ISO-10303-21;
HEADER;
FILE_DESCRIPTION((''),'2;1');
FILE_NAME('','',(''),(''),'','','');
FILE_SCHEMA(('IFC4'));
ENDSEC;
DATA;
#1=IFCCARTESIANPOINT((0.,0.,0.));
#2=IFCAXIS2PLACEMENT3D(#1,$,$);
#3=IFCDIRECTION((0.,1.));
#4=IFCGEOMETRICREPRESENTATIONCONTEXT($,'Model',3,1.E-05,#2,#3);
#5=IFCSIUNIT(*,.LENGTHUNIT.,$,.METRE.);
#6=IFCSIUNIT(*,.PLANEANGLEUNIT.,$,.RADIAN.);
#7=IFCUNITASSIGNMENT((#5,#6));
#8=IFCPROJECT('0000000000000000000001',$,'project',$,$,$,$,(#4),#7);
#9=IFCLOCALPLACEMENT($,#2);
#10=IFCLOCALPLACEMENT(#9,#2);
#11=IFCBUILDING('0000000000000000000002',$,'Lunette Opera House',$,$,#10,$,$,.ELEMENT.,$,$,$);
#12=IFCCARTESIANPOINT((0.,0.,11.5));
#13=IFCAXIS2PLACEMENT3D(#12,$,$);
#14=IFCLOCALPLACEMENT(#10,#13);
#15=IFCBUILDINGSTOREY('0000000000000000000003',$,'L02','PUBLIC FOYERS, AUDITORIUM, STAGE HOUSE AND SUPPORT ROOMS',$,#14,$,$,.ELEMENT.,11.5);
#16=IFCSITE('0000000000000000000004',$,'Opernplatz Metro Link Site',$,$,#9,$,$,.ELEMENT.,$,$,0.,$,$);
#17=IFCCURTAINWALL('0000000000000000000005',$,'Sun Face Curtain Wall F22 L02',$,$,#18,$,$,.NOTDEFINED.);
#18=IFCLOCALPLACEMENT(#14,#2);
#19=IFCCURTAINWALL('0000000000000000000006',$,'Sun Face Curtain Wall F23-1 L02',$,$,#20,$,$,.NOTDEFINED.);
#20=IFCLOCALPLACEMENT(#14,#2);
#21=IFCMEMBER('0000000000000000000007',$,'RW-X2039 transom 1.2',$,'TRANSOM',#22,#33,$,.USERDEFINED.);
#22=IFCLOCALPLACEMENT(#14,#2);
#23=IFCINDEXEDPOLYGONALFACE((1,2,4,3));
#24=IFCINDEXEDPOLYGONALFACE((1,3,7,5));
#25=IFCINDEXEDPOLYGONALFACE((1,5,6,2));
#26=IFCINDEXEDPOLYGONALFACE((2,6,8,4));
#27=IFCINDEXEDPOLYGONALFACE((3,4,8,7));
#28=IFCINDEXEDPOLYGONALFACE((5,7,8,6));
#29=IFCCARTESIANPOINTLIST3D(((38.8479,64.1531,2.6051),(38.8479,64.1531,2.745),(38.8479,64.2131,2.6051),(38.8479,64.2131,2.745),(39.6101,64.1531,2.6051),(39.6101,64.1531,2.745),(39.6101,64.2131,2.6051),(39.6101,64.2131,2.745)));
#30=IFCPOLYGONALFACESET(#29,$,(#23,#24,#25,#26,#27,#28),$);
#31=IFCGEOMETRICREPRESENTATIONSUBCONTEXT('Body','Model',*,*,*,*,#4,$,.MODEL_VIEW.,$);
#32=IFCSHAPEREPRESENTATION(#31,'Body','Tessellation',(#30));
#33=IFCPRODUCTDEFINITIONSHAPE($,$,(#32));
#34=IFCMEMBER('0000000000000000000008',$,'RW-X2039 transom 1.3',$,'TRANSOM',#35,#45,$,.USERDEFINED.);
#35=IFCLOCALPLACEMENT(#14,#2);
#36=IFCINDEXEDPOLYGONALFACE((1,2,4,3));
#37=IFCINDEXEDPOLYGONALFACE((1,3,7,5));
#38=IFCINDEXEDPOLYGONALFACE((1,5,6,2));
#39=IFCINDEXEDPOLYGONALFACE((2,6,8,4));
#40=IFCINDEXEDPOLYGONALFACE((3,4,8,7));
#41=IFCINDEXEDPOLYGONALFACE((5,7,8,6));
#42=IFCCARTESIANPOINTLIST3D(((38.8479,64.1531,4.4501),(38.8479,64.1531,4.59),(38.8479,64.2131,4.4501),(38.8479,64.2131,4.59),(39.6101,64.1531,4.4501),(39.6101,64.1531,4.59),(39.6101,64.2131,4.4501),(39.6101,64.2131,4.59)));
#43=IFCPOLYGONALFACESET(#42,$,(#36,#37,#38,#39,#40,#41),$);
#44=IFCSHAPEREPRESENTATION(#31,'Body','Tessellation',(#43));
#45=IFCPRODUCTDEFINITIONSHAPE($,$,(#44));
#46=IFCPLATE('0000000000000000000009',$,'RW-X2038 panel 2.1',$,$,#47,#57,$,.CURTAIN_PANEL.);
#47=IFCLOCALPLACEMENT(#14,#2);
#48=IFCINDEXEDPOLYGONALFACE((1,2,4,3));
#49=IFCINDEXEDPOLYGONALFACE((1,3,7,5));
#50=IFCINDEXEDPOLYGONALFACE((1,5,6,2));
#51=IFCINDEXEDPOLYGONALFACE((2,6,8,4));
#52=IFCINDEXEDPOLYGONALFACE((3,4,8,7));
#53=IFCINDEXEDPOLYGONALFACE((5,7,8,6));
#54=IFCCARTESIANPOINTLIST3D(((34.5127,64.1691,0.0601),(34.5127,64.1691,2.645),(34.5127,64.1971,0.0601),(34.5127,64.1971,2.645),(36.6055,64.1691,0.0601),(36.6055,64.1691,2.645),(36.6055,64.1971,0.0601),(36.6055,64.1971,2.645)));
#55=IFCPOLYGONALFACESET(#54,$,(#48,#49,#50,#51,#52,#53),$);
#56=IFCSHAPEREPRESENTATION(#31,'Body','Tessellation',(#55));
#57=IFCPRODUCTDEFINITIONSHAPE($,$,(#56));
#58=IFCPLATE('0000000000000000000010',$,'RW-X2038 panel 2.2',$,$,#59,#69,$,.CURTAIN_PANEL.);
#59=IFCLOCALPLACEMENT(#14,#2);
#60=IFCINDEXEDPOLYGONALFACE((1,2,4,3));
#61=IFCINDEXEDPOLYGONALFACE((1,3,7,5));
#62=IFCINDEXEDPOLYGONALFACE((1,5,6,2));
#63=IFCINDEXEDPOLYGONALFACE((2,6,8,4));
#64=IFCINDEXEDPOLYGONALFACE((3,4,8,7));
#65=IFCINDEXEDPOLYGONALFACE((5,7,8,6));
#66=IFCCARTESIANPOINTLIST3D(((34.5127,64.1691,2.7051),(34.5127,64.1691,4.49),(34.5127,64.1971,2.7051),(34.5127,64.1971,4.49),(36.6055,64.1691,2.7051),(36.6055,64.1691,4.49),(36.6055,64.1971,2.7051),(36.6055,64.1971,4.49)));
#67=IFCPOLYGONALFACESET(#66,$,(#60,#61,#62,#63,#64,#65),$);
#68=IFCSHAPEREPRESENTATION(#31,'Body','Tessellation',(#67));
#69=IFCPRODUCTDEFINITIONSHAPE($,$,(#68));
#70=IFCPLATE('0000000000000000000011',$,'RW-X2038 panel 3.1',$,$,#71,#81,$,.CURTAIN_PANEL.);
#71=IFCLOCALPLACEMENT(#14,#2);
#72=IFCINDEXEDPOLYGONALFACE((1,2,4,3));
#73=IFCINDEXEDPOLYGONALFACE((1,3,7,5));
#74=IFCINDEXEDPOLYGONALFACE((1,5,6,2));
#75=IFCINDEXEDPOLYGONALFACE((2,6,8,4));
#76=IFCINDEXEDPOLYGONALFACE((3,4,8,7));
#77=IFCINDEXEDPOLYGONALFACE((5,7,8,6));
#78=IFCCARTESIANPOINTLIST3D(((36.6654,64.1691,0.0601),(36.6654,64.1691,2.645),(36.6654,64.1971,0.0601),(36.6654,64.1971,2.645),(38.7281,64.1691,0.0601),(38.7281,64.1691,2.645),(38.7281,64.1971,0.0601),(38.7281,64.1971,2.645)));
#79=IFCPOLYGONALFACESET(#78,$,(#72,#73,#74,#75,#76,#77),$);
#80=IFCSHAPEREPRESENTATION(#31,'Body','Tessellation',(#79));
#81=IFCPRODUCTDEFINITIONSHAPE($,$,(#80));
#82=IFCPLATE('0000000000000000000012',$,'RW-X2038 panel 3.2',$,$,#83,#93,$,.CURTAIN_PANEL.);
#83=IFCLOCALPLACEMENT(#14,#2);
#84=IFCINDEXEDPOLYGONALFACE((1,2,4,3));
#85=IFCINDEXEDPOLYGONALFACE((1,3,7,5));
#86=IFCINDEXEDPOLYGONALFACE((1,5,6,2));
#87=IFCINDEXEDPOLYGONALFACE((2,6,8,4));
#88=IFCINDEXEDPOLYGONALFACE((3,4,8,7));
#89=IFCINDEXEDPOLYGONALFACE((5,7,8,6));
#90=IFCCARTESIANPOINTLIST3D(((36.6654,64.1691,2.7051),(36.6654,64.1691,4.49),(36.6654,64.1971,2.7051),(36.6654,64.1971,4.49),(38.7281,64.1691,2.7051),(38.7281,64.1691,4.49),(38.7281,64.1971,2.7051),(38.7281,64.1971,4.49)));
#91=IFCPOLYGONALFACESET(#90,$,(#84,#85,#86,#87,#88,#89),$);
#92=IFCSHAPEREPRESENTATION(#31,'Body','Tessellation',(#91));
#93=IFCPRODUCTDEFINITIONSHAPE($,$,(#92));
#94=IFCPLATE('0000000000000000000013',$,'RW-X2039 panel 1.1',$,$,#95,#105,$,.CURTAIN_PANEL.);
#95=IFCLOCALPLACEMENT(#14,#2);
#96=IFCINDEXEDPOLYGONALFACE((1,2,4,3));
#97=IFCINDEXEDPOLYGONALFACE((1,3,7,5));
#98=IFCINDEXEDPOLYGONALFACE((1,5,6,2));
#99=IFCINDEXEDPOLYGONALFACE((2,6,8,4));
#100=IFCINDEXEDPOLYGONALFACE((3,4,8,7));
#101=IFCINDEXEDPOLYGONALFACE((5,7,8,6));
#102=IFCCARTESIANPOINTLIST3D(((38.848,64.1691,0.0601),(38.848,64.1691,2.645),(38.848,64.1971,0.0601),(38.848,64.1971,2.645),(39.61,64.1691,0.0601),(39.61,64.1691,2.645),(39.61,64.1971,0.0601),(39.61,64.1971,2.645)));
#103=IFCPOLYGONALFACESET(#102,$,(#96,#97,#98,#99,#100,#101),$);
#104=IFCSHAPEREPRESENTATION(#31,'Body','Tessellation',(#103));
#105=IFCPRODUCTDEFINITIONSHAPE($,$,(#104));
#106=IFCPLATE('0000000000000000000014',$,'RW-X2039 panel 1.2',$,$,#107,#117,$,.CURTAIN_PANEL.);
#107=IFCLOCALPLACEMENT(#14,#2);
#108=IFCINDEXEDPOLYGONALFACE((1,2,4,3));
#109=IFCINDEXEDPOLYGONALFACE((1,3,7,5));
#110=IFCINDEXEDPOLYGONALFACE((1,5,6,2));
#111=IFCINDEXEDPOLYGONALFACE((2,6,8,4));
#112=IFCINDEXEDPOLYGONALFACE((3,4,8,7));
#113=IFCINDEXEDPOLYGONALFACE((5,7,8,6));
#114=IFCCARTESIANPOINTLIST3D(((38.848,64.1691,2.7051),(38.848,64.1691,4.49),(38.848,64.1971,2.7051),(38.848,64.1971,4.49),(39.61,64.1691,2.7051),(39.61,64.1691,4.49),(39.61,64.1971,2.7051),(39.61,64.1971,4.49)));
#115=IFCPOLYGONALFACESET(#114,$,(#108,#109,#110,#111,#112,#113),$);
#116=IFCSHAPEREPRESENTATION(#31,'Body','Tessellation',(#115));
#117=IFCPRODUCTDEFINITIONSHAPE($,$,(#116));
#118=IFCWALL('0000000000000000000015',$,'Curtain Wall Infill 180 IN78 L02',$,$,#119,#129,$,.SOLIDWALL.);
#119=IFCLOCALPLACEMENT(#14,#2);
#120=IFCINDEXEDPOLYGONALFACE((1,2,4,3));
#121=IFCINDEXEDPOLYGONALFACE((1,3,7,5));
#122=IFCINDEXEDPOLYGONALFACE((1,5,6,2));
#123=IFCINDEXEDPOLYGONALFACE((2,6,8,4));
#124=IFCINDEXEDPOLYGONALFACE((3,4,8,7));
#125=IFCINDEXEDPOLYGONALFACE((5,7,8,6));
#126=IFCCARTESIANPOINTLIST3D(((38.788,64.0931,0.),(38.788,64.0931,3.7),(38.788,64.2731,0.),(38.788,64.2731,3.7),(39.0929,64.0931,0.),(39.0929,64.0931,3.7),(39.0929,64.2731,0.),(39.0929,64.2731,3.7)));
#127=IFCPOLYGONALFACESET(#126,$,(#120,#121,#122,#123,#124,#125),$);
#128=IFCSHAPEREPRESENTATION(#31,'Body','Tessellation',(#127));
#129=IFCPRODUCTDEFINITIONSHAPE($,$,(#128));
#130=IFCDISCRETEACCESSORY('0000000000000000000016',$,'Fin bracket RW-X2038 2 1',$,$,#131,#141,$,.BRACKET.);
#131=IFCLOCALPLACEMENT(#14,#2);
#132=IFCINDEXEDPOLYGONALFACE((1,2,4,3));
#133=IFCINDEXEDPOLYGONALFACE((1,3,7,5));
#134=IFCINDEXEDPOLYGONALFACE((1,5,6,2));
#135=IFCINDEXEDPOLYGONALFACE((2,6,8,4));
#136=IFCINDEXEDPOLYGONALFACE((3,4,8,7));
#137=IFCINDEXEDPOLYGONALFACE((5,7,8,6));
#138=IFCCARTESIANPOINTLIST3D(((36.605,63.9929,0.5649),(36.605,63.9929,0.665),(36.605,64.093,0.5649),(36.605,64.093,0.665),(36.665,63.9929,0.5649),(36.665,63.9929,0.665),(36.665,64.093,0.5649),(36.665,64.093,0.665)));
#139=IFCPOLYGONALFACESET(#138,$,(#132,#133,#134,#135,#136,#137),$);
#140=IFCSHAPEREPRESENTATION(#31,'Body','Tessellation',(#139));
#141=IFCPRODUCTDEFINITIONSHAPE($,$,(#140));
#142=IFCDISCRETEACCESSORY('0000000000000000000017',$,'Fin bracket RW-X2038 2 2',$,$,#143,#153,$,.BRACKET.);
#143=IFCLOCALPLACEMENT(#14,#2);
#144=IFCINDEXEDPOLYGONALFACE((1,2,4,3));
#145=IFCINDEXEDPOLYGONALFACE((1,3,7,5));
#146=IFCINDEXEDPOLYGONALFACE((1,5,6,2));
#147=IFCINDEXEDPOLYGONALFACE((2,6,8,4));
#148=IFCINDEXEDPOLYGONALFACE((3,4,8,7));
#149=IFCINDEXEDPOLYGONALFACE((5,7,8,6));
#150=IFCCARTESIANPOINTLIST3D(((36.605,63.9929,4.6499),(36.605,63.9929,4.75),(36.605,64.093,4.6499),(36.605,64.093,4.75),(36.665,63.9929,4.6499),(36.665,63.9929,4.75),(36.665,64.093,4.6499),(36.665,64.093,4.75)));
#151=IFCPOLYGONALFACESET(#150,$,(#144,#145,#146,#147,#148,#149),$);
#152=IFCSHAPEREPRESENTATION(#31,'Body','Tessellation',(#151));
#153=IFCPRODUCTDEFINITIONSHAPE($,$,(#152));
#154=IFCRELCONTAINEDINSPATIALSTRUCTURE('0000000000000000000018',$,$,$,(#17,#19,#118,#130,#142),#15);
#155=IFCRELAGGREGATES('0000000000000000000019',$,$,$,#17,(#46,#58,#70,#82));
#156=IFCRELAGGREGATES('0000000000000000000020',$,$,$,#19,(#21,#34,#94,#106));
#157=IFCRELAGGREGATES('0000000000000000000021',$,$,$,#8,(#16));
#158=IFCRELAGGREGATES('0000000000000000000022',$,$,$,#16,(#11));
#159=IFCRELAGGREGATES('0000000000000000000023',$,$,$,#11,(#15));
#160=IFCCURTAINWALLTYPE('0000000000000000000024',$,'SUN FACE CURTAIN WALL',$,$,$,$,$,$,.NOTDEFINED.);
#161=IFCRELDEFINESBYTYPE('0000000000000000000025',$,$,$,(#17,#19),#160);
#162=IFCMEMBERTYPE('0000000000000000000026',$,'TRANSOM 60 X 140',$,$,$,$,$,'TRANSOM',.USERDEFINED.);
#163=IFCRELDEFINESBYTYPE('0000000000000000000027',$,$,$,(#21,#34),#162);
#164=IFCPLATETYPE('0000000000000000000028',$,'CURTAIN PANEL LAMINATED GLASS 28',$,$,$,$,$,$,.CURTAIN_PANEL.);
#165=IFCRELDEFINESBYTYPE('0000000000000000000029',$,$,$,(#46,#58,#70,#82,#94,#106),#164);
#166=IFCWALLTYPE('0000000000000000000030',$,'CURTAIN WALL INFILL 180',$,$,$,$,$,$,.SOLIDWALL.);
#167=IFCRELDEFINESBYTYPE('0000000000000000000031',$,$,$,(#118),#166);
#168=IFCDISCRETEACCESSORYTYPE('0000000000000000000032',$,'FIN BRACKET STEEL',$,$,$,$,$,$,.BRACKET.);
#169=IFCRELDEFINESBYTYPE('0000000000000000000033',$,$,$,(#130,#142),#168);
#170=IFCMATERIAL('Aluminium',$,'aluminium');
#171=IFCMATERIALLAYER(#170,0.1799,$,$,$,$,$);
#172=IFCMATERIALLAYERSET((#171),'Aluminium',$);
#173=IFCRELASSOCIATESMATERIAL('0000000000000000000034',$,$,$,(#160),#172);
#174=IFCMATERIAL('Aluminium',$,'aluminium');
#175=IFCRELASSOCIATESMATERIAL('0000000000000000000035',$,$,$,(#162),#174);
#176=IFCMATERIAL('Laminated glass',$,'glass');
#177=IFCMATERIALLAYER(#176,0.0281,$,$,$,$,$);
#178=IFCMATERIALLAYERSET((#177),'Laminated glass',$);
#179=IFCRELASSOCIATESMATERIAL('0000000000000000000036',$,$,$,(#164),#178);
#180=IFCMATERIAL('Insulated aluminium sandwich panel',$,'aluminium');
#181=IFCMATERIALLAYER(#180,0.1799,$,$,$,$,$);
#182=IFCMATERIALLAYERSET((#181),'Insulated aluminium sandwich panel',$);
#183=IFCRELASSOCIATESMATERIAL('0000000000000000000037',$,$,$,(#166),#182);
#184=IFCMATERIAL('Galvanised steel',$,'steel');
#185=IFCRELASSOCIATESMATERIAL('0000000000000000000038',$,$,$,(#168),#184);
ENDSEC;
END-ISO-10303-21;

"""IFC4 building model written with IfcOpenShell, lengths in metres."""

from ifc_helpers import new_model, si_unit, direction, frame, frame_2d, origin, origin_2d, place, context, subcontext, project, spatial, rectangle, extrude, material, layer, layer_set, material_profile, profile_set, type_object, element, aggregate, save


model = new_model("IFC4")

# Units and contexts
model_context = context("Model", 3, precision=1e-05, world=origin(), true_north=direction((0.0, 1.0)))
body_context = subcontext(model_context, "Body", "Model", "MODEL_VIEW")
ifc_project = project(units=[si_unit("LENGTHUNIT", "METRE"), si_unit("PLANEANGLEUNIT", "RADIAN")], contexts=[model_context])

# Site, building, storey
site_placement = place(None, origin())
site = spatial("IfcSite", under=ifc_project, at=site_placement, Name="Opernplatz Metro Link Site", CompositionType="ELEMENT", RefElevation=0.0)
building_placement = place(site_placement, origin())
building = spatial("IfcBuilding", under=site, at=building_placement, Name="Lunette Opera House", CompositionType="ELEMENT")
storey_placement = place(building_placement, frame((0.0, 0.0, 11.5)))
storey = spatial("IfcBuildingStorey", under=building, at=storey_placement, Name="L02", Description="PUBLIC FOYERS, AUDITORIUM, STAGE HOUSE AND SUPPORT ROOMS", CompositionType="ELEMENT", Elevation=11.5)

# Curtain walls
ifc_material_1 = material(Name="Aluminium", Category="aluminium")
ifc_layer_1 = layer(ifc_material_1, 0.1799)
ifc_layer_set_1 = layer_set([ifc_layer_1], Name="Aluminium")
curtain_wall_type = type_object("IfcCurtainWallType", Name="SUN FACE CURTAIN WALL", PredefinedType="NOTDEFINED", material=ifc_layer_set_1)
curtain_wall_1_placement = place(storey_placement, origin())
curtain_wall_1 = element("IfcCurtainWall", 1, at=curtain_wall_1_placement, inside=storey, type_object=curtain_wall_type, Name="Sun Face Curtain Wall F22 L02", PredefinedType="NOTDEFINED")
curtain_wall_2_placement = place(storey_placement, origin())
curtain_wall_2 = element("IfcCurtainWall", 2, at=curtain_wall_2_placement, inside=storey, type_object=curtain_wall_type, Name="Sun Face Curtain Wall F23-1 L02", PredefinedType="NOTDEFINED")

# Members
ifc_material_2 = material(Name="Aluminium", Category="aluminium")
ifc_material_profile_1 = material_profile(ifc_material_2, rectangle(XDim=0.0601, YDim=0.1399, at=origin_2d()), Name="TRANSOM 60 X 140")
ifc_profile_set_1 = profile_set([ifc_material_profile_1], Name="Aluminium")
member_type_1 = type_object("IfcMemberType", Name="TRANSOM 60 X 140", ElementType="TRANSOM", PredefinedType="USERDEFINED", material=ifc_profile_set_1)
member_1_placement = place(storey_placement, frame((38.8479, 64.1831, 2.675), z_axis=(1.0, 0.0, 0.0), x_axis=(0.0, 1.0, 0.0)))
member_1 = element("IfcMember", 3, at=member_1_placement, type_object=member_type_1, Name="RW-X2039 transom 1.2", ObjectType="TRANSOM", PredefinedType="USERDEFINED", context=body_context, shape_type="SweptSolid", body=[
    extrude(rectangle(XDim=0.0601, YDim=0.1399, at=origin_2d()), origin(), (0.0, 0.0, 1.0), 0.7622),
])
member_2_placement = place(storey_placement, frame((38.8479, 64.1831, 4.52), z_axis=(1.0, 0.0, 0.0), x_axis=(0.0, 1.0, 0.0)))
member_2 = element("IfcMember", 4, at=member_2_placement, type_object=member_type_1, Name="RW-X2039 transom 1.3", ObjectType="TRANSOM", PredefinedType="USERDEFINED", context=body_context, shape_type="SweptSolid", body=[
    extrude(rectangle(XDim=0.0601, YDim=0.1399, at=origin_2d()), origin(), (0.0, 0.0, 1.0), 0.7622),
])

# Plates
ifc_material_3 = material(Name="Laminated glass", Category="glass")
ifc_layer_2 = layer(ifc_material_3, 0.0281)
ifc_layer_set_2 = layer_set([ifc_layer_2], Name="Laminated glass")
plate_type = type_object("IfcPlateType", Name="CURTAIN PANEL LAMINATED GLASS 28", PredefinedType="CURTAIN_PANEL", material=ifc_layer_set_2)
plate_1_placement = place(storey_placement, frame((35.5591, 64.1831, 0.0601), z_axis=(0.0, 0.0, 1.0), x_axis=(1.0, 0.0, 0.0)))
plate_1 = element("IfcPlate", 5, at=plate_1_placement, type_object=plate_type, Name="RW-X2038 panel 2.1", PredefinedType="CURTAIN_PANEL", context=body_context, shape_type="SweptSolid", body=[
    extrude(rectangle(XDim=2.0928, YDim=0.0281, at=origin_2d()), origin(), (0.0, 0.0, 1.0), 2.585),
])
plate_2_placement = place(storey_placement, frame((35.5591, 64.1831, 2.7051), z_axis=(0.0, 0.0, 1.0), x_axis=(1.0, 0.0, 0.0)))
plate_2 = element("IfcPlate", 6, at=plate_2_placement, type_object=plate_type, Name="RW-X2038 panel 2.2", PredefinedType="CURTAIN_PANEL", context=body_context, shape_type="SweptSolid", body=[
    extrude(rectangle(XDim=2.0928, YDim=0.0281, at=origin_2d()), origin(), (0.0, 0.0, 1.0), 1.7849),
])
plate_3_placement = place(storey_placement, frame((37.6968, 64.1831, 0.0601), z_axis=(0.0, 0.0, 1.0), x_axis=(1.0, 0.0, 0.0)))
plate_3 = element("IfcPlate", 7, at=plate_3_placement, type_object=plate_type, Name="RW-X2038 panel 3.1", PredefinedType="CURTAIN_PANEL", context=body_context, shape_type="SweptSolid", body=[
    extrude(rectangle(XDim=2.0627, YDim=0.0281, at=origin_2d()), origin(), (0.0, 0.0, 1.0), 2.585),
])
plate_4_placement = place(storey_placement, frame((37.6968, 64.1831, 2.7051), z_axis=(0.0, 0.0, 1.0), x_axis=(1.0, 0.0, 0.0)))
plate_4 = element("IfcPlate", 8, at=plate_4_placement, type_object=plate_type, Name="RW-X2038 panel 3.2", PredefinedType="CURTAIN_PANEL", context=body_context, shape_type="SweptSolid", body=[
    extrude(rectangle(XDim=2.0627, YDim=0.0281, at=origin_2d()), origin(), (0.0, 0.0, 1.0), 1.7849),
])
aggregate(curtain_wall_1, [plate_1, plate_2, plate_3, plate_4])
plate_5_placement = place(storey_placement, frame((39.229, 64.1831, 0.0601), z_axis=(0.0, 0.0, 1.0), x_axis=(1.0, 0.0, 0.0)))
plate_5 = element("IfcPlate", 9, at=plate_5_placement, type_object=plate_type, Name="RW-X2039 panel 1.1", PredefinedType="CURTAIN_PANEL", context=body_context, shape_type="SweptSolid", body=[
    extrude(rectangle(XDim=0.762, YDim=0.0281, at=origin_2d()), origin(), (0.0, 0.0, 1.0), 2.585),
])
plate_6_placement = place(storey_placement, frame((39.229, 64.1831, 2.7051), z_axis=(0.0, 0.0, 1.0), x_axis=(1.0, 0.0, 0.0)))
plate_6 = element("IfcPlate", 10, at=plate_6_placement, type_object=plate_type, Name="RW-X2039 panel 1.2", PredefinedType="CURTAIN_PANEL", context=body_context, shape_type="SweptSolid", body=[
    extrude(rectangle(XDim=0.762, YDim=0.0281, at=origin_2d()), origin(), (0.0, 0.0, 1.0), 1.7849),
])
aggregate(curtain_wall_2, [member_1, member_2, plate_5, plate_6])

# Wall
ifc_material_4 = material(Name="Insulated aluminium sandwich panel", Category="aluminium")
ifc_layer_3 = layer(ifc_material_4, 0.1799)
ifc_layer_set_3 = layer_set([ifc_layer_3], Name="Insulated aluminium sandwich panel")
wall_type = type_object("IfcWallType", Name="CURTAIN WALL INFILL 180", PredefinedType="SOLIDWALL", material=ifc_layer_set_3)
wall_placement = place(storey_placement, frame((38.7881, 64.1831, 0.0), z_axis=(0.0, 0.0, 1.0), x_axis=(1.0, 0.0, 0.0)))
element("IfcWall", 11, at=wall_placement, inside=storey, type_object=wall_type, Name="Curtain Wall Infill 180 IN78 L02", PredefinedType="SOLIDWALL", context=body_context, shape_type="SweptSolid", body=[
    extrude(rectangle(XDim=0.3049, YDim=0.1799, at=frame_2d((0.1523, 0.0))), origin(), (0.0, 0.0, 1.0), 3.7),
])

# Discrete accessories
ifc_material_5 = material(Name="Galvanised steel", Category="steel")
discrete_accessory_type = type_object("IfcDiscreteAccessoryType", Name="FIN BRACKET STEEL", PredefinedType="BRACKET", material=ifc_material_5)
for number, where, z_axis, x_axis, name in (
    (12, (36.635, 64.043, 0.5649), (0.0, 0.0, 1.0), (0.0, -1.0, 0.0), "Fin bracket RW-X2038 2 1"),
    (13, (36.635, 64.043, 4.6499), (0.0, 0.0, 1.0), (0.0, -1.0, 0.0), "Fin bracket RW-X2038 2 2"),
):
    element("IfcDiscreteAccessory", number, at=place(storey_placement, frame(where, z_axis=z_axis, x_axis=x_axis)), inside=storey, type_object=discrete_accessory_type, Name=name, PredefinedType="BRACKET", context=body_context, shape_type="SweptSolid", body=[
        extrude(rectangle(XDim=0.1001, YDim=0.0601, at=origin_2d()), origin(), (0.0, 0.0, 1.0), 0.1001),
    ])

save(model, "model.ifc")
